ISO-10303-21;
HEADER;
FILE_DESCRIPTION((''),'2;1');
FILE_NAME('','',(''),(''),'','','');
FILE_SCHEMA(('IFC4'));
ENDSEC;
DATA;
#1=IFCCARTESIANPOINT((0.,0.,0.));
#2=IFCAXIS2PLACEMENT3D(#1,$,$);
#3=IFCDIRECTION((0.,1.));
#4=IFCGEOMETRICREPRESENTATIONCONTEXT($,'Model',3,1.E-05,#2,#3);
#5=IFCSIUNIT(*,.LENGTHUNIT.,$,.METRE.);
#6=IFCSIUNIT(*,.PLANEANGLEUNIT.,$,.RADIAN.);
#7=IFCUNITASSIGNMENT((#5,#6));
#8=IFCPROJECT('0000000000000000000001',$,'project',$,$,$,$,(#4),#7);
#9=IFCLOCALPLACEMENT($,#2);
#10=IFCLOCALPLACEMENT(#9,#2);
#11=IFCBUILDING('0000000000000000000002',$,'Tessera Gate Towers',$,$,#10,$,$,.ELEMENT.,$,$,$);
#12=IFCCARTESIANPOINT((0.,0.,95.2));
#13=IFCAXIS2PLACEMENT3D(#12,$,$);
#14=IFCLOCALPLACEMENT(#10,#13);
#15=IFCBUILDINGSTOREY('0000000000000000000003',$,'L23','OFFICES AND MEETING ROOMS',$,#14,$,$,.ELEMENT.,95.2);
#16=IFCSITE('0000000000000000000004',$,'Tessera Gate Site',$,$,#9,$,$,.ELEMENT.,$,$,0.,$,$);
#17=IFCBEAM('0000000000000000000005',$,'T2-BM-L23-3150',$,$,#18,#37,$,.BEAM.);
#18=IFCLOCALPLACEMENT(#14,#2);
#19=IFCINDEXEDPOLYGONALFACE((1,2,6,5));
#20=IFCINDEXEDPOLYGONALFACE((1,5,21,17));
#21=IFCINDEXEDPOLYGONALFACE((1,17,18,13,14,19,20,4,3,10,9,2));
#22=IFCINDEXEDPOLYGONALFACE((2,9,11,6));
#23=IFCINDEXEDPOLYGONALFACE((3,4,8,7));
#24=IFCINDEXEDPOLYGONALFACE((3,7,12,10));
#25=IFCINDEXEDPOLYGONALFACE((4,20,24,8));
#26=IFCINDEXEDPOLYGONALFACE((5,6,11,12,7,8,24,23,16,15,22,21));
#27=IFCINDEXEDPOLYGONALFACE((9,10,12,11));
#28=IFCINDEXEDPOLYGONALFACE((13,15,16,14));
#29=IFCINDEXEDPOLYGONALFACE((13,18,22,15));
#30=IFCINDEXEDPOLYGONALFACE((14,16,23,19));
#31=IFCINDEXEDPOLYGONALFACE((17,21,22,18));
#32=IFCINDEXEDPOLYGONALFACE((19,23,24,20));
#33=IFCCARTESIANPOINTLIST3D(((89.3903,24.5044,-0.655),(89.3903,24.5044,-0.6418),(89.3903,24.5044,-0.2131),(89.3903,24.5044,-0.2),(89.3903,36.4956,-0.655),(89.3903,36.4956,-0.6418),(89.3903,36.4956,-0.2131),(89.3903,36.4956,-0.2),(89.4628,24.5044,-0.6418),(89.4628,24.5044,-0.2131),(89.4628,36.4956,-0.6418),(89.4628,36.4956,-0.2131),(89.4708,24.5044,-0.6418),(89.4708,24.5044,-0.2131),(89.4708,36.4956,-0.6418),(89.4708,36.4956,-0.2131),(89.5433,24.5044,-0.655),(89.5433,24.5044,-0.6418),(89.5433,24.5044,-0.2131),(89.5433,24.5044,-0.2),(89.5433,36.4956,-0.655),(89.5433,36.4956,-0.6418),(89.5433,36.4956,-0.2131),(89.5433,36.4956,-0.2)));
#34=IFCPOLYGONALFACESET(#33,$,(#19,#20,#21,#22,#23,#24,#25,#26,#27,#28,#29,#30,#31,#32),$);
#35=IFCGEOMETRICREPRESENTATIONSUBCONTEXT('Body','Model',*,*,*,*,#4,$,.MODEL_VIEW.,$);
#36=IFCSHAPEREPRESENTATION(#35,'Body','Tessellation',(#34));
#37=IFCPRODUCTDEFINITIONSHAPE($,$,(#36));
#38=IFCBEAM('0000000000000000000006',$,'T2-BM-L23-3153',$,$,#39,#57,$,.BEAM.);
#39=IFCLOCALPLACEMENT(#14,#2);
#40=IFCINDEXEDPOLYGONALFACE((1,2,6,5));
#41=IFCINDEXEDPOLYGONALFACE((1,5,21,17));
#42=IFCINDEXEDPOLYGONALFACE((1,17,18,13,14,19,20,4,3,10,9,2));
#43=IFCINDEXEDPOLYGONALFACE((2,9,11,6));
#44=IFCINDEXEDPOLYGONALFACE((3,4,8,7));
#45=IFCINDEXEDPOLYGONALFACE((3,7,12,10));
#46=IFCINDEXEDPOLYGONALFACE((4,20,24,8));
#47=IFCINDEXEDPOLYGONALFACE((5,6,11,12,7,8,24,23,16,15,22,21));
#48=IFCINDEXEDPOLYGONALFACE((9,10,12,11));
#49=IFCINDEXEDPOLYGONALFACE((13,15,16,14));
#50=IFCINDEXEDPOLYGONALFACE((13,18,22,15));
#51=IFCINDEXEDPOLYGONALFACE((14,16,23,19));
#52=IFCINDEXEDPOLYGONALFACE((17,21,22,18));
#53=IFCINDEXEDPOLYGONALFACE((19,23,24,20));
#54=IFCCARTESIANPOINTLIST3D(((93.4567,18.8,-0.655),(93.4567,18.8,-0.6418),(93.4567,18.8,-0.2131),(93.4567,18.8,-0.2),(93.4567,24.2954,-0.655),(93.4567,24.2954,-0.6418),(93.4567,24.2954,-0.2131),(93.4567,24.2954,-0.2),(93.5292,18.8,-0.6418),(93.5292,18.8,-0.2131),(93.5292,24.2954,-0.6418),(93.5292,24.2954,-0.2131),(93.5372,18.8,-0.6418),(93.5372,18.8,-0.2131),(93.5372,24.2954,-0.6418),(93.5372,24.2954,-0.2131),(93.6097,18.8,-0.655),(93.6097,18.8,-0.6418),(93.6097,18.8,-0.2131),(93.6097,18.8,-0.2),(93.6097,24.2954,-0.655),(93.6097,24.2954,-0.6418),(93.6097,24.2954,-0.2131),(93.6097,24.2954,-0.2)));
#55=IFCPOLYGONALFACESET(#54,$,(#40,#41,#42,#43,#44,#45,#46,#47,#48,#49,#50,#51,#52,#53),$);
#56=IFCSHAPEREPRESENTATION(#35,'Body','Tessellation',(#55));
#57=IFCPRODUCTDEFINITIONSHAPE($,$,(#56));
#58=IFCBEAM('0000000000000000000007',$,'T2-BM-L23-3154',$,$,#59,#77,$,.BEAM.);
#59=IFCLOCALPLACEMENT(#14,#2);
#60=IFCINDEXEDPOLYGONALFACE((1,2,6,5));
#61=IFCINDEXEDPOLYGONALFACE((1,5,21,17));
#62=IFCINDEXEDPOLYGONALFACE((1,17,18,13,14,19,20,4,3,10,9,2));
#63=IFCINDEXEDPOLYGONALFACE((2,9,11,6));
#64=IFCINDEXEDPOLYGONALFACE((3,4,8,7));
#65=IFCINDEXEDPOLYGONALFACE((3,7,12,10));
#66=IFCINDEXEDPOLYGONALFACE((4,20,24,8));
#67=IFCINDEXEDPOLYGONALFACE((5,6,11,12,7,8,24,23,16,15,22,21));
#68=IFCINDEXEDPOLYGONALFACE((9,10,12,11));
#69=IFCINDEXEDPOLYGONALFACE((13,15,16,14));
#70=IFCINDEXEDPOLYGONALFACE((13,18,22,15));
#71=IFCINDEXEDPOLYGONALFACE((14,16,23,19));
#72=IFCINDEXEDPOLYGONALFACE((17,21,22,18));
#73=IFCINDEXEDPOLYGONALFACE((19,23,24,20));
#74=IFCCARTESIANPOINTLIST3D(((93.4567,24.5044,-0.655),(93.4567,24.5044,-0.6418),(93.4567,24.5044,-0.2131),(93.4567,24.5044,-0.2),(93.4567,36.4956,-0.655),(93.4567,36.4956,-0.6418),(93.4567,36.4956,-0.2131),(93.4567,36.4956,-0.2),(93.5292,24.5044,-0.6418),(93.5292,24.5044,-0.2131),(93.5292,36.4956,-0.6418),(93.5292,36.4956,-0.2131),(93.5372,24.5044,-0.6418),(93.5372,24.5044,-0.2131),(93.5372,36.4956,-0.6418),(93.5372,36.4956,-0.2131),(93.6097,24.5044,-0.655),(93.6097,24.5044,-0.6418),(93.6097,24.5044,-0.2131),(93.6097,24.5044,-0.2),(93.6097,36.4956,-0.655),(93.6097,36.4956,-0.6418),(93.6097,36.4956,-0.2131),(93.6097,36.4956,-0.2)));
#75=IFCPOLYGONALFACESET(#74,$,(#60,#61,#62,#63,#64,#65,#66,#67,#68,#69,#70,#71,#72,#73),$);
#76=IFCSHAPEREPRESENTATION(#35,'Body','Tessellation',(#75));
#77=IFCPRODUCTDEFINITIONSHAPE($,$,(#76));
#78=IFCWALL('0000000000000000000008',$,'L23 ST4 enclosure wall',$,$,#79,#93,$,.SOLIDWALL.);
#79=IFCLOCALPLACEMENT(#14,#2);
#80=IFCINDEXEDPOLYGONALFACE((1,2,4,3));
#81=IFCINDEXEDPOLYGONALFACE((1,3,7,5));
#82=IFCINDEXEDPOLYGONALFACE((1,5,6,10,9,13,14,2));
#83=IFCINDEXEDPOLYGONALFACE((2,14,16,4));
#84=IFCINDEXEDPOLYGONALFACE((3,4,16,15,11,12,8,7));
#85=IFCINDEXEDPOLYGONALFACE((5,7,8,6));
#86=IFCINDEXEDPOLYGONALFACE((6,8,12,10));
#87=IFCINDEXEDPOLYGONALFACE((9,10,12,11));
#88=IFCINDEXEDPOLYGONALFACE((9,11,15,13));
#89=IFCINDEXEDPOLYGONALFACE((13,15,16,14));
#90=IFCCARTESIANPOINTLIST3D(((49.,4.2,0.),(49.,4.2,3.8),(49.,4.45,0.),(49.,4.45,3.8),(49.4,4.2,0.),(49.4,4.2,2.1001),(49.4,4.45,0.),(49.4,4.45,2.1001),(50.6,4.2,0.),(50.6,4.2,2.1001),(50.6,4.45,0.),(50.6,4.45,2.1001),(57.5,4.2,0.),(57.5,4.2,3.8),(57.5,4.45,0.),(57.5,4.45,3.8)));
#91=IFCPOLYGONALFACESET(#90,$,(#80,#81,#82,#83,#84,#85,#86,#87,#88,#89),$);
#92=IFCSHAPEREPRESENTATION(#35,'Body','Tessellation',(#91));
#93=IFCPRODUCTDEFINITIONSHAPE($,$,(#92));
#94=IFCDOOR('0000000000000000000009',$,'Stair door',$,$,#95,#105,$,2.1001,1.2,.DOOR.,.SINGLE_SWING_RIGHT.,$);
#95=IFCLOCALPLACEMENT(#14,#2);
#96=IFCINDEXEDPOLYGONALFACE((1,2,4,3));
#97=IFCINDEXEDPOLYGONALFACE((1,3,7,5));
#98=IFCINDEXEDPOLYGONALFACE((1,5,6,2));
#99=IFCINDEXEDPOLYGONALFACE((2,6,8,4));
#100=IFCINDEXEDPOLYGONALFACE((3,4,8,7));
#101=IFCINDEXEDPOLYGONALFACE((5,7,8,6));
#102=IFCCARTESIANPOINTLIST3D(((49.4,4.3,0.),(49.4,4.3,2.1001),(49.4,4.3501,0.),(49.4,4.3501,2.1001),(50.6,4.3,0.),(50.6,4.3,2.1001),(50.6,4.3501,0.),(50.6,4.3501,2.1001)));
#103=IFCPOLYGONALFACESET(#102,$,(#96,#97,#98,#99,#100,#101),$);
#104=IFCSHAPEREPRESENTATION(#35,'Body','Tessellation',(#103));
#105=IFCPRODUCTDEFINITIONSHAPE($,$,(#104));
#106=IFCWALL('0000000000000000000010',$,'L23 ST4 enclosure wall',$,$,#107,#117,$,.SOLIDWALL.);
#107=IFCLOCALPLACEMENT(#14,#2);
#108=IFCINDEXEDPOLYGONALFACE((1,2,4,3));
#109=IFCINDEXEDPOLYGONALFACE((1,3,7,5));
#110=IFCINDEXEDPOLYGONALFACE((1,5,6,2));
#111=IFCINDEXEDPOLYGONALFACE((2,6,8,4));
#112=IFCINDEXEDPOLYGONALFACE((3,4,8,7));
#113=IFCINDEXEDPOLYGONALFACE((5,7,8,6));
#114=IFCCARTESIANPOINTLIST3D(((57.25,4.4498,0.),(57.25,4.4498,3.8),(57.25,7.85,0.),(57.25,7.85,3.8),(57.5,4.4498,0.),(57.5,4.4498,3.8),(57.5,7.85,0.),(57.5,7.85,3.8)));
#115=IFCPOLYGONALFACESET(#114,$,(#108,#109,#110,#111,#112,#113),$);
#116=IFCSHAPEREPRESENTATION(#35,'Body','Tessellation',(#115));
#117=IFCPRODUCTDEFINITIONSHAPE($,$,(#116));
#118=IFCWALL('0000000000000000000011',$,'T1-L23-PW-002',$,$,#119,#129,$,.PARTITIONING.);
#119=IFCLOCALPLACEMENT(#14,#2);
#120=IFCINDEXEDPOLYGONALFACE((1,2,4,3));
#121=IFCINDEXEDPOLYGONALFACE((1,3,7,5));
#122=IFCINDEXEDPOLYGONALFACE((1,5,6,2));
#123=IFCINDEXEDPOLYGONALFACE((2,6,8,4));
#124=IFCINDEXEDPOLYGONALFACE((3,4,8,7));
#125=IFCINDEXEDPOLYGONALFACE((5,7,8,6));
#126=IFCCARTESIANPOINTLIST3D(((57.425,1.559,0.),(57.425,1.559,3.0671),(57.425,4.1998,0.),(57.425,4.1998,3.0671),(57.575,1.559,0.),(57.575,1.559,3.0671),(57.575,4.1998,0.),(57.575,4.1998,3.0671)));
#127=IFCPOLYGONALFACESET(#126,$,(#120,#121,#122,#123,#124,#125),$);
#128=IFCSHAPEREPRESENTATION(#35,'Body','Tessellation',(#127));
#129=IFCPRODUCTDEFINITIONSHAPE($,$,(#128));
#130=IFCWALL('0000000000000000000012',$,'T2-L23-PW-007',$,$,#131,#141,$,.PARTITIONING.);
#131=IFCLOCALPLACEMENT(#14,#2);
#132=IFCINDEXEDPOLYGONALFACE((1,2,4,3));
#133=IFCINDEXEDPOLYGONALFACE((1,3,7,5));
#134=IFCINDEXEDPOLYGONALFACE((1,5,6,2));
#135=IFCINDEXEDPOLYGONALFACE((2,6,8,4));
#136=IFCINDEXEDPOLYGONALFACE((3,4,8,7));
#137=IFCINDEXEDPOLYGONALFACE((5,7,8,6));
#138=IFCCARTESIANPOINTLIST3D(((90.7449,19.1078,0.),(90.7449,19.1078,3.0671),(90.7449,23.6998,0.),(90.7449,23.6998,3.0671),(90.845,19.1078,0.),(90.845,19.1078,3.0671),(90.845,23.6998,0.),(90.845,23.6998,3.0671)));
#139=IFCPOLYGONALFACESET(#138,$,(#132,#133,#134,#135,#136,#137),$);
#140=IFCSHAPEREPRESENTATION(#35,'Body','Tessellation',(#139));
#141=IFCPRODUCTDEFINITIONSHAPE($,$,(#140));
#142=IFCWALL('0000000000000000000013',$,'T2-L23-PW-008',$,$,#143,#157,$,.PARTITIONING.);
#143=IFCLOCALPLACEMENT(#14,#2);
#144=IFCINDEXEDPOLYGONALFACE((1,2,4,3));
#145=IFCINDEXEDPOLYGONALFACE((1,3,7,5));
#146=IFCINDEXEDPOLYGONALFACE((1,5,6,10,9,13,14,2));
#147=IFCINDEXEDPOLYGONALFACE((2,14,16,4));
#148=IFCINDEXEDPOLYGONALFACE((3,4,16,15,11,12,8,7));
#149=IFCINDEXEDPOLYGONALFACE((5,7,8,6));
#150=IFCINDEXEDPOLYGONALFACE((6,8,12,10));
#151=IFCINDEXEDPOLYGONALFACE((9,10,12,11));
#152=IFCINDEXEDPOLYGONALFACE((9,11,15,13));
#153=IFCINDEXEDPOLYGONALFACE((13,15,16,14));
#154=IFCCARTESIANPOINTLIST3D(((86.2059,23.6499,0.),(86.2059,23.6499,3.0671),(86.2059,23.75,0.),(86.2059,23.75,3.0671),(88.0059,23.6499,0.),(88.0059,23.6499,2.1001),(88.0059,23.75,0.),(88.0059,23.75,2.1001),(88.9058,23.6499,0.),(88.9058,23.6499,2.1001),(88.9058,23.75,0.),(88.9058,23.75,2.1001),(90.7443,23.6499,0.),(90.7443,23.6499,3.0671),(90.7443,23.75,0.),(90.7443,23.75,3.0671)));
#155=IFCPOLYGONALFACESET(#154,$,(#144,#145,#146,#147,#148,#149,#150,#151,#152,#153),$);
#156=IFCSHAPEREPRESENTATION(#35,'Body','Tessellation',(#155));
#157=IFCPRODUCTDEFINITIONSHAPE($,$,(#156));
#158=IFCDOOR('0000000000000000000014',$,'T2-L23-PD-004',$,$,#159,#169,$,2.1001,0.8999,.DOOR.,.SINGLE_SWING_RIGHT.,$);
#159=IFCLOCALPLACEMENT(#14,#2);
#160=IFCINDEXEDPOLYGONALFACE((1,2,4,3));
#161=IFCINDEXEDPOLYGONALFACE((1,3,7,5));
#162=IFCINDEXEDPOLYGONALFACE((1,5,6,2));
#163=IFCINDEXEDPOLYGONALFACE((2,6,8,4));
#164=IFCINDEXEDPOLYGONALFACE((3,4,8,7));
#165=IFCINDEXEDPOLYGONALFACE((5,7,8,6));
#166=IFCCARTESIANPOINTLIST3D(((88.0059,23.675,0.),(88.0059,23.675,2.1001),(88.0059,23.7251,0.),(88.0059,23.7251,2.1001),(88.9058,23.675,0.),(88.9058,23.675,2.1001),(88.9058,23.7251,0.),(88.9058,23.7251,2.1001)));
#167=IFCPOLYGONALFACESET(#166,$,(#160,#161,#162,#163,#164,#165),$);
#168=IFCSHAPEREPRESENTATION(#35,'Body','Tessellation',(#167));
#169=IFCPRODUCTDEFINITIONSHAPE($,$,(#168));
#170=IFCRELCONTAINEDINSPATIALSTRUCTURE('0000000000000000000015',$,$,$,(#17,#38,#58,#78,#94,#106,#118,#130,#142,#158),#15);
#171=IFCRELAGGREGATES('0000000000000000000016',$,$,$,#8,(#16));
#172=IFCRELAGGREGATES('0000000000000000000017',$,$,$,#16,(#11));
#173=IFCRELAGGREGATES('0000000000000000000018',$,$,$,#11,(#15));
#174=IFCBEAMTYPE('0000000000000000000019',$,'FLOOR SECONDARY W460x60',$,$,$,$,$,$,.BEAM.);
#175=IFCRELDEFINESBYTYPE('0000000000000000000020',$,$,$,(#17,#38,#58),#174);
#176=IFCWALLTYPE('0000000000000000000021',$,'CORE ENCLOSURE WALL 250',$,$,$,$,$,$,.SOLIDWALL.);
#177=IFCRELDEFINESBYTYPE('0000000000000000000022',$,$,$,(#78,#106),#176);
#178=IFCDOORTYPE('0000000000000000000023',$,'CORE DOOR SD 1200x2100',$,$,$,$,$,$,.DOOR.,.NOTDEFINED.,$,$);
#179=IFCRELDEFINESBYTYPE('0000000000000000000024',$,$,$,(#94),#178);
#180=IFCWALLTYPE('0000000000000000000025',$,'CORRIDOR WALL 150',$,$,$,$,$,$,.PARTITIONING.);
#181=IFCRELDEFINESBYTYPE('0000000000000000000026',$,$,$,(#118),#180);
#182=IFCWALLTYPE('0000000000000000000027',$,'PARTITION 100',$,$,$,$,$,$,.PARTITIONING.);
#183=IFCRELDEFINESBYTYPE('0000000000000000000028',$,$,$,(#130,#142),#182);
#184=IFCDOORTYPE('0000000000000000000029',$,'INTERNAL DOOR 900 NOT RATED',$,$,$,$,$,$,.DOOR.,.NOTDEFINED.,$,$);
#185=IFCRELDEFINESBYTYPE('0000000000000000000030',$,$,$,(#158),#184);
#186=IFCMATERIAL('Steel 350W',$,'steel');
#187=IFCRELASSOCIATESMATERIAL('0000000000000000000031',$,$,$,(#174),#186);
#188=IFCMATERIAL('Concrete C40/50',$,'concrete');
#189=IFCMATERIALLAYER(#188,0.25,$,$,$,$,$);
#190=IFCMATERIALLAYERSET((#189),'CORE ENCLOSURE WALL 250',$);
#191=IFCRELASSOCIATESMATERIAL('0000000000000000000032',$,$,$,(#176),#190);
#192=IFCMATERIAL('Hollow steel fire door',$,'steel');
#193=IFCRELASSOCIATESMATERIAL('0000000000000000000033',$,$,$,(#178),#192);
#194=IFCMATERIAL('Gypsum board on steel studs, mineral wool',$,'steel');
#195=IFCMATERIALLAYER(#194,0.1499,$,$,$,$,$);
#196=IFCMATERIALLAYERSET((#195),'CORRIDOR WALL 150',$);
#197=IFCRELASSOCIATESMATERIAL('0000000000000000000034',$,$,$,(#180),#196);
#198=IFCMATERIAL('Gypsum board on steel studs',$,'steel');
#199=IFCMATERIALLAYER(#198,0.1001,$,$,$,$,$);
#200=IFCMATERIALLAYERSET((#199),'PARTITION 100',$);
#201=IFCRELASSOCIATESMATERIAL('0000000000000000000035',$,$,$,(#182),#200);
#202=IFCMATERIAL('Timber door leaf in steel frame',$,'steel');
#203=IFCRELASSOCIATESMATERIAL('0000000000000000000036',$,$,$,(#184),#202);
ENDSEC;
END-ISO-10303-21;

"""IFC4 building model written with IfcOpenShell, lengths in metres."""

from ifc_helpers import new_model, si_unit, direction, frame, frame_2d, origin, origin_2d, place, context, subcontext, project, spatial, rectangle, i_section, extrude, source, transform, mapped, material, layer, layer_set, material_profile, profile_set, type_object, element, fill, save


model = new_model("IFC4")

# Units and contexts
model_context = context("Model", 3, precision=1e-05, world=origin(), true_north=direction((0.0, 1.0)))
body_context = subcontext(model_context, "Body", "Model", "MODEL_VIEW")
ifc_project = project(units=[si_unit("LENGTHUNIT", "METRE"), si_unit("PLANEANGLEUNIT", "RADIAN")], contexts=[model_context])

# Site, building, storey
site_placement = place(None, origin())
site = spatial("IfcSite", under=ifc_project, at=site_placement, Name="Tessera Gate Site", CompositionType="ELEMENT", RefElevation=0.0)
building_placement = place(site_placement, origin())
building = spatial("IfcBuilding", under=site, at=building_placement, Name="Tessera Gate Towers", CompositionType="ELEMENT")
storey_placement = place(building_placement, frame((0.0, 0.0, 95.2)))
storey = spatial("IfcBuildingStorey", under=building, at=storey_placement, Name="L23", Description="OFFICES AND MEETING ROOMS", CompositionType="ELEMENT", Elevation=95.2)

# Beams
ifc_material_1 = material(Name="Steel 350W", Category="steel")
ifc_material_profile_1 = material_profile(ifc_material_1, i_section(OverallWidth=0.1531, OverallDepth=0.4551, WebThickness=0.0081, FlangeThickness=0.0132, at=origin_2d()), Name="W460x60")
ifc_profile_set_1 = profile_set([ifc_material_profile_1], Name="Steel 350W")
beam_type_1 = type_object("IfcBeamType", Name="FLOOR SECONDARY W460x60", PredefinedType="BEAM", material=ifc_profile_set_1)
beam_1_placement = place(storey_placement, frame((89.4668, 24.5044, -0.4275), z_axis=(0.0, 1.0, 0.0), x_axis=(-1.0, 0.0, 0.0)))
element("IfcBeam", 1, at=beam_1_placement, inside=storey, type_object=beam_type_1, Name="T2-BM-L23-3150", PredefinedType="BEAM", context=body_context, shape_type="SweptSolid", body=[
    extrude(i_section(OverallWidth=0.1531, OverallDepth=0.4551, WebThickness=0.0081, FlangeThickness=0.0132, at=origin_2d()), origin(), (0.0, 0.0, 1.0), 11.9912),
])
beam_2_placement = place(storey_placement, frame((93.5332, 18.8, -0.4275), z_axis=(0.0, 1.0, 0.0), x_axis=(-1.0, 0.0, 0.0)))
element("IfcBeam", 2, at=beam_2_placement, inside=storey, type_object=beam_type_1, Name="T2-BM-L23-3153", PredefinedType="BEAM", context=body_context, shape_type="SweptSolid", body=[
    extrude(i_section(OverallWidth=0.1531, OverallDepth=0.4551, WebThickness=0.0081, FlangeThickness=0.0132, at=origin_2d()), origin(), (0.0, 0.0, 1.0), 5.4954),
])
beam_3_placement = place(storey_placement, frame((93.5332, 24.5044, -0.4275), z_axis=(0.0, 1.0, 0.0), x_axis=(-1.0, 0.0, 0.0)))
element("IfcBeam", 3, at=beam_3_placement, inside=storey, type_object=beam_type_1, Name="T2-BM-L23-3154", PredefinedType="BEAM", context=body_context, shape_type="SweptSolid", body=[
    extrude(i_section(OverallWidth=0.1531, OverallDepth=0.4551, WebThickness=0.0081, FlangeThickness=0.0132, at=origin_2d()), origin(), (0.0, 0.0, 1.0), 11.9912),
])

# Wall, opening, door
ifc_material_2 = material(Name="Concrete C40/50", Category="concrete")
ifc_layer_1 = layer(ifc_material_2, 0.25)
ifc_layer_set_1 = layer_set([ifc_layer_1], Name="CORE ENCLOSURE WALL 250")
wall_type_1 = type_object("IfcWallType", Name="CORE ENCLOSURE WALL 250", PredefinedType="SOLIDWALL", material=ifc_layer_set_1)
wall_1_placement = place(storey_placement, frame((57.5, 4.325, 0.0), z_axis=(0.0, 0.0, 1.0), x_axis=(-1.0, 0.0, 0.0)))
wall_1 = element("IfcWall", 4, at=wall_1_placement, inside=storey, type_object=wall_type_1, Name="L23 ST4 enclosure wall", PredefinedType="SOLIDWALL", context=body_context, shape_type="SweptSolid", body=[
    extrude(rectangle(XDim=8.5, YDim=0.25, at=frame_2d((4.25, 0.0))), origin(), (0.0, 0.0, 1.0), 3.8),
])
shared_shape_1 = source(origin(), body_context, "Body", "SweptSolid", [
    extrude(rectangle(XDim=1.2, YDim=2.1001, at=frame_2d((0.6001, 1.05))), frame((0.0, 0.135, 0.0), z_axis=(0.0, -1.0, 0.0), x_axis=(1.0, 0.0, 0.0)), (0.0, 0.0, 1.0), 0.27),
])
opening_1_placement = place(wall_1_placement, frame((6.8999, 0.0, 0.0)))
opening_1 = element("IfcOpeningElement", 5, at=opening_1_placement, cuts=wall_1, PredefinedType="OPENING", context=body_context, shape_type="MappedRepresentation", body=[
    mapped(shared_shape_1, transform((0.0, 0.0, 0.0), scale=1.0)),
])
ifc_material_3 = material(Name="Hollow steel fire door", Category="steel")
door_type_1 = type_object("IfcDoorType", Name="CORE DOOR SD 1200x2100", OperationType="NOTDEFINED", PredefinedType="DOOR", material=ifc_material_3)
shared_shape_2 = source(origin(), body_context, "Body", "SweptSolid", [
    extrude(rectangle(XDim=1.2, YDim=2.1001, at=frame_2d((0.6001, 1.05))), frame((0.0, 0.0249, 0.0), z_axis=(0.0, -1.0, 0.0), x_axis=(1.0, 0.0, 0.0)), (0.0, 0.0, 1.0), 0.05),
])
door_1_placement = place(opening_1_placement, origin())
door_1 = element("IfcDoor", 6, at=door_1_placement, inside=storey, type_object=door_type_1, Name="Stair door", OperationType="SINGLE_SWING_RIGHT", OverallHeight=2.1001, OverallWidth=1.2, PredefinedType="DOOR", context=body_context, shape_type="MappedRepresentation", body=[
    mapped(shared_shape_2, transform((0.0, 0.0, 0.0), scale=1.0)),
])
fill(opening_1, door_1)

# Walls
wall_2_placement = place(storey_placement, frame((57.375, 7.8501, 0.0), z_axis=(0.0, 0.0, 1.0), x_axis=(0.0, -1.0, 0.0)))
element("IfcWall", 7, at=wall_2_placement, inside=storey, type_object=wall_type_1, Name="L23 ST4 enclosure wall", PredefinedType="SOLIDWALL", context=body_context, shape_type="SweptSolid", body=[
    extrude(rectangle(XDim=3.4001, YDim=0.25, at=frame_2d((1.7002, 0.0))), origin(), (0.0, 0.0, 1.0), 3.8),
])
ifc_material_4 = material(Name="Gypsum board on steel studs, mineral wool", Category="steel")
ifc_layer_2 = layer(ifc_material_4, 0.1499)
ifc_layer_set_2 = layer_set([ifc_layer_2], Name="CORRIDOR WALL 150")
wall_type_2 = type_object("IfcWallType", Name="CORRIDOR WALL 150", PredefinedType="PARTITIONING", material=ifc_layer_set_2)
wall_3_placement = place(storey_placement, frame((57.5, 1.5591, 0.0), z_axis=(0.0, 0.0, 1.0), x_axis=(0.0, 1.0, 0.0)))
element("IfcWall", 8, at=wall_3_placement, inside=storey, type_object=wall_type_2, Name="T1-L23-PW-002", PredefinedType="PARTITIONING", context=body_context, shape_type="SweptSolid", body=[
    extrude(rectangle(XDim=2.6409, YDim=0.1499, at=frame_2d((1.3203, 0.0))), origin(), (0.0, 0.0, 1.0), 3.0671),
])
ifc_material_5 = material(Name="Gypsum board on steel studs", Category="steel")
ifc_layer_3 = layer(ifc_material_5, 0.1001)
ifc_layer_set_3 = layer_set([ifc_layer_3], Name="PARTITION 100")
wall_type_3 = type_object("IfcWallType", Name="PARTITION 100", PredefinedType="PARTITIONING", material=ifc_layer_set_3)
wall_4_placement = place(storey_placement, frame((90.7949, 19.1079, 0.0), z_axis=(0.0, 0.0, 1.0), x_axis=(0.0, 1.0, 0.0)))
element("IfcWall", 9, at=wall_4_placement, inside=storey, type_object=wall_type_3, Name="T2-L23-PW-007", PredefinedType="PARTITIONING", context=body_context, shape_type="SweptSolid", body=[
    extrude(rectangle(XDim=4.592, YDim=0.1001, at=frame_2d((2.2959, 0.0))), origin(), (0.0, 0.0, 1.0), 3.0671),
])

# Wall, opening, door
wall_5_placement = place(storey_placement, frame((90.7441, 23.7, 0.0), z_axis=(0.0, 0.0, 1.0), x_axis=(-1.0, 0.0, 0.0)))
wall_5 = element("IfcWall", 10, at=wall_5_placement, inside=storey, type_object=wall_type_3, Name="T2-L23-PW-008", PredefinedType="PARTITIONING", context=body_context, shape_type="SweptSolid", body=[
    extrude(rectangle(XDim=4.5383, YDim=0.1001, at=frame_2d((2.269, 0.0))), origin(), (0.0, 0.0, 1.0), 3.0671),
])
shared_shape_3 = source(origin(), body_context, "Body", "SweptSolid", [
    extrude(rectangle(XDim=0.8999, YDim=2.1001, at=frame_2d((0.45, 1.05))), frame((0.0, 0.0601, 0.0), z_axis=(0.0, -1.0, 0.0), x_axis=(1.0, 0.0, 0.0)), (0.0, 0.0, 1.0), 0.1201),
])
opening_2_placement = place(wall_5_placement, frame((1.8384, 0.0, 0.0)))
opening_2 = element("IfcOpeningElement", 11, at=opening_2_placement, cuts=wall_5, PredefinedType="OPENING", context=body_context, shape_type="MappedRepresentation", body=[
    mapped(shared_shape_3, transform((0.0, 0.0, 0.0), scale=1.0)),
])
ifc_material_6 = material(Name="Timber door leaf in steel frame", Category="steel")
door_type_2 = type_object("IfcDoorType", Name="INTERNAL DOOR 900 NOT RATED", OperationType="NOTDEFINED", PredefinedType="DOOR", material=ifc_material_6)
shared_shape_4 = source(origin(), body_context, "Body", "SweptSolid", [
    extrude(rectangle(XDim=0.8999, YDim=2.1001, at=frame_2d((0.45, 1.05))), frame((0.0, 0.0249, 0.0), z_axis=(0.0, -1.0, 0.0), x_axis=(1.0, 0.0, 0.0)), (0.0, 0.0, 1.0), 0.05),
])
door_2_placement = place(opening_2_placement, origin())
door_2 = element("IfcDoor", 12, at=door_2_placement, inside=storey, type_object=door_type_2, Name="T2-L23-PD-004", OperationType="SINGLE_SWING_RIGHT", OverallHeight=2.1001, OverallWidth=0.8999, PredefinedType="DOOR", context=body_context, shape_type="MappedRepresentation", body=[
    mapped(shared_shape_4, transform((0.0, 0.0, 0.0), scale=1.0)),
])
fill(opening_2, door_2)

save(model, "model.ifc")
